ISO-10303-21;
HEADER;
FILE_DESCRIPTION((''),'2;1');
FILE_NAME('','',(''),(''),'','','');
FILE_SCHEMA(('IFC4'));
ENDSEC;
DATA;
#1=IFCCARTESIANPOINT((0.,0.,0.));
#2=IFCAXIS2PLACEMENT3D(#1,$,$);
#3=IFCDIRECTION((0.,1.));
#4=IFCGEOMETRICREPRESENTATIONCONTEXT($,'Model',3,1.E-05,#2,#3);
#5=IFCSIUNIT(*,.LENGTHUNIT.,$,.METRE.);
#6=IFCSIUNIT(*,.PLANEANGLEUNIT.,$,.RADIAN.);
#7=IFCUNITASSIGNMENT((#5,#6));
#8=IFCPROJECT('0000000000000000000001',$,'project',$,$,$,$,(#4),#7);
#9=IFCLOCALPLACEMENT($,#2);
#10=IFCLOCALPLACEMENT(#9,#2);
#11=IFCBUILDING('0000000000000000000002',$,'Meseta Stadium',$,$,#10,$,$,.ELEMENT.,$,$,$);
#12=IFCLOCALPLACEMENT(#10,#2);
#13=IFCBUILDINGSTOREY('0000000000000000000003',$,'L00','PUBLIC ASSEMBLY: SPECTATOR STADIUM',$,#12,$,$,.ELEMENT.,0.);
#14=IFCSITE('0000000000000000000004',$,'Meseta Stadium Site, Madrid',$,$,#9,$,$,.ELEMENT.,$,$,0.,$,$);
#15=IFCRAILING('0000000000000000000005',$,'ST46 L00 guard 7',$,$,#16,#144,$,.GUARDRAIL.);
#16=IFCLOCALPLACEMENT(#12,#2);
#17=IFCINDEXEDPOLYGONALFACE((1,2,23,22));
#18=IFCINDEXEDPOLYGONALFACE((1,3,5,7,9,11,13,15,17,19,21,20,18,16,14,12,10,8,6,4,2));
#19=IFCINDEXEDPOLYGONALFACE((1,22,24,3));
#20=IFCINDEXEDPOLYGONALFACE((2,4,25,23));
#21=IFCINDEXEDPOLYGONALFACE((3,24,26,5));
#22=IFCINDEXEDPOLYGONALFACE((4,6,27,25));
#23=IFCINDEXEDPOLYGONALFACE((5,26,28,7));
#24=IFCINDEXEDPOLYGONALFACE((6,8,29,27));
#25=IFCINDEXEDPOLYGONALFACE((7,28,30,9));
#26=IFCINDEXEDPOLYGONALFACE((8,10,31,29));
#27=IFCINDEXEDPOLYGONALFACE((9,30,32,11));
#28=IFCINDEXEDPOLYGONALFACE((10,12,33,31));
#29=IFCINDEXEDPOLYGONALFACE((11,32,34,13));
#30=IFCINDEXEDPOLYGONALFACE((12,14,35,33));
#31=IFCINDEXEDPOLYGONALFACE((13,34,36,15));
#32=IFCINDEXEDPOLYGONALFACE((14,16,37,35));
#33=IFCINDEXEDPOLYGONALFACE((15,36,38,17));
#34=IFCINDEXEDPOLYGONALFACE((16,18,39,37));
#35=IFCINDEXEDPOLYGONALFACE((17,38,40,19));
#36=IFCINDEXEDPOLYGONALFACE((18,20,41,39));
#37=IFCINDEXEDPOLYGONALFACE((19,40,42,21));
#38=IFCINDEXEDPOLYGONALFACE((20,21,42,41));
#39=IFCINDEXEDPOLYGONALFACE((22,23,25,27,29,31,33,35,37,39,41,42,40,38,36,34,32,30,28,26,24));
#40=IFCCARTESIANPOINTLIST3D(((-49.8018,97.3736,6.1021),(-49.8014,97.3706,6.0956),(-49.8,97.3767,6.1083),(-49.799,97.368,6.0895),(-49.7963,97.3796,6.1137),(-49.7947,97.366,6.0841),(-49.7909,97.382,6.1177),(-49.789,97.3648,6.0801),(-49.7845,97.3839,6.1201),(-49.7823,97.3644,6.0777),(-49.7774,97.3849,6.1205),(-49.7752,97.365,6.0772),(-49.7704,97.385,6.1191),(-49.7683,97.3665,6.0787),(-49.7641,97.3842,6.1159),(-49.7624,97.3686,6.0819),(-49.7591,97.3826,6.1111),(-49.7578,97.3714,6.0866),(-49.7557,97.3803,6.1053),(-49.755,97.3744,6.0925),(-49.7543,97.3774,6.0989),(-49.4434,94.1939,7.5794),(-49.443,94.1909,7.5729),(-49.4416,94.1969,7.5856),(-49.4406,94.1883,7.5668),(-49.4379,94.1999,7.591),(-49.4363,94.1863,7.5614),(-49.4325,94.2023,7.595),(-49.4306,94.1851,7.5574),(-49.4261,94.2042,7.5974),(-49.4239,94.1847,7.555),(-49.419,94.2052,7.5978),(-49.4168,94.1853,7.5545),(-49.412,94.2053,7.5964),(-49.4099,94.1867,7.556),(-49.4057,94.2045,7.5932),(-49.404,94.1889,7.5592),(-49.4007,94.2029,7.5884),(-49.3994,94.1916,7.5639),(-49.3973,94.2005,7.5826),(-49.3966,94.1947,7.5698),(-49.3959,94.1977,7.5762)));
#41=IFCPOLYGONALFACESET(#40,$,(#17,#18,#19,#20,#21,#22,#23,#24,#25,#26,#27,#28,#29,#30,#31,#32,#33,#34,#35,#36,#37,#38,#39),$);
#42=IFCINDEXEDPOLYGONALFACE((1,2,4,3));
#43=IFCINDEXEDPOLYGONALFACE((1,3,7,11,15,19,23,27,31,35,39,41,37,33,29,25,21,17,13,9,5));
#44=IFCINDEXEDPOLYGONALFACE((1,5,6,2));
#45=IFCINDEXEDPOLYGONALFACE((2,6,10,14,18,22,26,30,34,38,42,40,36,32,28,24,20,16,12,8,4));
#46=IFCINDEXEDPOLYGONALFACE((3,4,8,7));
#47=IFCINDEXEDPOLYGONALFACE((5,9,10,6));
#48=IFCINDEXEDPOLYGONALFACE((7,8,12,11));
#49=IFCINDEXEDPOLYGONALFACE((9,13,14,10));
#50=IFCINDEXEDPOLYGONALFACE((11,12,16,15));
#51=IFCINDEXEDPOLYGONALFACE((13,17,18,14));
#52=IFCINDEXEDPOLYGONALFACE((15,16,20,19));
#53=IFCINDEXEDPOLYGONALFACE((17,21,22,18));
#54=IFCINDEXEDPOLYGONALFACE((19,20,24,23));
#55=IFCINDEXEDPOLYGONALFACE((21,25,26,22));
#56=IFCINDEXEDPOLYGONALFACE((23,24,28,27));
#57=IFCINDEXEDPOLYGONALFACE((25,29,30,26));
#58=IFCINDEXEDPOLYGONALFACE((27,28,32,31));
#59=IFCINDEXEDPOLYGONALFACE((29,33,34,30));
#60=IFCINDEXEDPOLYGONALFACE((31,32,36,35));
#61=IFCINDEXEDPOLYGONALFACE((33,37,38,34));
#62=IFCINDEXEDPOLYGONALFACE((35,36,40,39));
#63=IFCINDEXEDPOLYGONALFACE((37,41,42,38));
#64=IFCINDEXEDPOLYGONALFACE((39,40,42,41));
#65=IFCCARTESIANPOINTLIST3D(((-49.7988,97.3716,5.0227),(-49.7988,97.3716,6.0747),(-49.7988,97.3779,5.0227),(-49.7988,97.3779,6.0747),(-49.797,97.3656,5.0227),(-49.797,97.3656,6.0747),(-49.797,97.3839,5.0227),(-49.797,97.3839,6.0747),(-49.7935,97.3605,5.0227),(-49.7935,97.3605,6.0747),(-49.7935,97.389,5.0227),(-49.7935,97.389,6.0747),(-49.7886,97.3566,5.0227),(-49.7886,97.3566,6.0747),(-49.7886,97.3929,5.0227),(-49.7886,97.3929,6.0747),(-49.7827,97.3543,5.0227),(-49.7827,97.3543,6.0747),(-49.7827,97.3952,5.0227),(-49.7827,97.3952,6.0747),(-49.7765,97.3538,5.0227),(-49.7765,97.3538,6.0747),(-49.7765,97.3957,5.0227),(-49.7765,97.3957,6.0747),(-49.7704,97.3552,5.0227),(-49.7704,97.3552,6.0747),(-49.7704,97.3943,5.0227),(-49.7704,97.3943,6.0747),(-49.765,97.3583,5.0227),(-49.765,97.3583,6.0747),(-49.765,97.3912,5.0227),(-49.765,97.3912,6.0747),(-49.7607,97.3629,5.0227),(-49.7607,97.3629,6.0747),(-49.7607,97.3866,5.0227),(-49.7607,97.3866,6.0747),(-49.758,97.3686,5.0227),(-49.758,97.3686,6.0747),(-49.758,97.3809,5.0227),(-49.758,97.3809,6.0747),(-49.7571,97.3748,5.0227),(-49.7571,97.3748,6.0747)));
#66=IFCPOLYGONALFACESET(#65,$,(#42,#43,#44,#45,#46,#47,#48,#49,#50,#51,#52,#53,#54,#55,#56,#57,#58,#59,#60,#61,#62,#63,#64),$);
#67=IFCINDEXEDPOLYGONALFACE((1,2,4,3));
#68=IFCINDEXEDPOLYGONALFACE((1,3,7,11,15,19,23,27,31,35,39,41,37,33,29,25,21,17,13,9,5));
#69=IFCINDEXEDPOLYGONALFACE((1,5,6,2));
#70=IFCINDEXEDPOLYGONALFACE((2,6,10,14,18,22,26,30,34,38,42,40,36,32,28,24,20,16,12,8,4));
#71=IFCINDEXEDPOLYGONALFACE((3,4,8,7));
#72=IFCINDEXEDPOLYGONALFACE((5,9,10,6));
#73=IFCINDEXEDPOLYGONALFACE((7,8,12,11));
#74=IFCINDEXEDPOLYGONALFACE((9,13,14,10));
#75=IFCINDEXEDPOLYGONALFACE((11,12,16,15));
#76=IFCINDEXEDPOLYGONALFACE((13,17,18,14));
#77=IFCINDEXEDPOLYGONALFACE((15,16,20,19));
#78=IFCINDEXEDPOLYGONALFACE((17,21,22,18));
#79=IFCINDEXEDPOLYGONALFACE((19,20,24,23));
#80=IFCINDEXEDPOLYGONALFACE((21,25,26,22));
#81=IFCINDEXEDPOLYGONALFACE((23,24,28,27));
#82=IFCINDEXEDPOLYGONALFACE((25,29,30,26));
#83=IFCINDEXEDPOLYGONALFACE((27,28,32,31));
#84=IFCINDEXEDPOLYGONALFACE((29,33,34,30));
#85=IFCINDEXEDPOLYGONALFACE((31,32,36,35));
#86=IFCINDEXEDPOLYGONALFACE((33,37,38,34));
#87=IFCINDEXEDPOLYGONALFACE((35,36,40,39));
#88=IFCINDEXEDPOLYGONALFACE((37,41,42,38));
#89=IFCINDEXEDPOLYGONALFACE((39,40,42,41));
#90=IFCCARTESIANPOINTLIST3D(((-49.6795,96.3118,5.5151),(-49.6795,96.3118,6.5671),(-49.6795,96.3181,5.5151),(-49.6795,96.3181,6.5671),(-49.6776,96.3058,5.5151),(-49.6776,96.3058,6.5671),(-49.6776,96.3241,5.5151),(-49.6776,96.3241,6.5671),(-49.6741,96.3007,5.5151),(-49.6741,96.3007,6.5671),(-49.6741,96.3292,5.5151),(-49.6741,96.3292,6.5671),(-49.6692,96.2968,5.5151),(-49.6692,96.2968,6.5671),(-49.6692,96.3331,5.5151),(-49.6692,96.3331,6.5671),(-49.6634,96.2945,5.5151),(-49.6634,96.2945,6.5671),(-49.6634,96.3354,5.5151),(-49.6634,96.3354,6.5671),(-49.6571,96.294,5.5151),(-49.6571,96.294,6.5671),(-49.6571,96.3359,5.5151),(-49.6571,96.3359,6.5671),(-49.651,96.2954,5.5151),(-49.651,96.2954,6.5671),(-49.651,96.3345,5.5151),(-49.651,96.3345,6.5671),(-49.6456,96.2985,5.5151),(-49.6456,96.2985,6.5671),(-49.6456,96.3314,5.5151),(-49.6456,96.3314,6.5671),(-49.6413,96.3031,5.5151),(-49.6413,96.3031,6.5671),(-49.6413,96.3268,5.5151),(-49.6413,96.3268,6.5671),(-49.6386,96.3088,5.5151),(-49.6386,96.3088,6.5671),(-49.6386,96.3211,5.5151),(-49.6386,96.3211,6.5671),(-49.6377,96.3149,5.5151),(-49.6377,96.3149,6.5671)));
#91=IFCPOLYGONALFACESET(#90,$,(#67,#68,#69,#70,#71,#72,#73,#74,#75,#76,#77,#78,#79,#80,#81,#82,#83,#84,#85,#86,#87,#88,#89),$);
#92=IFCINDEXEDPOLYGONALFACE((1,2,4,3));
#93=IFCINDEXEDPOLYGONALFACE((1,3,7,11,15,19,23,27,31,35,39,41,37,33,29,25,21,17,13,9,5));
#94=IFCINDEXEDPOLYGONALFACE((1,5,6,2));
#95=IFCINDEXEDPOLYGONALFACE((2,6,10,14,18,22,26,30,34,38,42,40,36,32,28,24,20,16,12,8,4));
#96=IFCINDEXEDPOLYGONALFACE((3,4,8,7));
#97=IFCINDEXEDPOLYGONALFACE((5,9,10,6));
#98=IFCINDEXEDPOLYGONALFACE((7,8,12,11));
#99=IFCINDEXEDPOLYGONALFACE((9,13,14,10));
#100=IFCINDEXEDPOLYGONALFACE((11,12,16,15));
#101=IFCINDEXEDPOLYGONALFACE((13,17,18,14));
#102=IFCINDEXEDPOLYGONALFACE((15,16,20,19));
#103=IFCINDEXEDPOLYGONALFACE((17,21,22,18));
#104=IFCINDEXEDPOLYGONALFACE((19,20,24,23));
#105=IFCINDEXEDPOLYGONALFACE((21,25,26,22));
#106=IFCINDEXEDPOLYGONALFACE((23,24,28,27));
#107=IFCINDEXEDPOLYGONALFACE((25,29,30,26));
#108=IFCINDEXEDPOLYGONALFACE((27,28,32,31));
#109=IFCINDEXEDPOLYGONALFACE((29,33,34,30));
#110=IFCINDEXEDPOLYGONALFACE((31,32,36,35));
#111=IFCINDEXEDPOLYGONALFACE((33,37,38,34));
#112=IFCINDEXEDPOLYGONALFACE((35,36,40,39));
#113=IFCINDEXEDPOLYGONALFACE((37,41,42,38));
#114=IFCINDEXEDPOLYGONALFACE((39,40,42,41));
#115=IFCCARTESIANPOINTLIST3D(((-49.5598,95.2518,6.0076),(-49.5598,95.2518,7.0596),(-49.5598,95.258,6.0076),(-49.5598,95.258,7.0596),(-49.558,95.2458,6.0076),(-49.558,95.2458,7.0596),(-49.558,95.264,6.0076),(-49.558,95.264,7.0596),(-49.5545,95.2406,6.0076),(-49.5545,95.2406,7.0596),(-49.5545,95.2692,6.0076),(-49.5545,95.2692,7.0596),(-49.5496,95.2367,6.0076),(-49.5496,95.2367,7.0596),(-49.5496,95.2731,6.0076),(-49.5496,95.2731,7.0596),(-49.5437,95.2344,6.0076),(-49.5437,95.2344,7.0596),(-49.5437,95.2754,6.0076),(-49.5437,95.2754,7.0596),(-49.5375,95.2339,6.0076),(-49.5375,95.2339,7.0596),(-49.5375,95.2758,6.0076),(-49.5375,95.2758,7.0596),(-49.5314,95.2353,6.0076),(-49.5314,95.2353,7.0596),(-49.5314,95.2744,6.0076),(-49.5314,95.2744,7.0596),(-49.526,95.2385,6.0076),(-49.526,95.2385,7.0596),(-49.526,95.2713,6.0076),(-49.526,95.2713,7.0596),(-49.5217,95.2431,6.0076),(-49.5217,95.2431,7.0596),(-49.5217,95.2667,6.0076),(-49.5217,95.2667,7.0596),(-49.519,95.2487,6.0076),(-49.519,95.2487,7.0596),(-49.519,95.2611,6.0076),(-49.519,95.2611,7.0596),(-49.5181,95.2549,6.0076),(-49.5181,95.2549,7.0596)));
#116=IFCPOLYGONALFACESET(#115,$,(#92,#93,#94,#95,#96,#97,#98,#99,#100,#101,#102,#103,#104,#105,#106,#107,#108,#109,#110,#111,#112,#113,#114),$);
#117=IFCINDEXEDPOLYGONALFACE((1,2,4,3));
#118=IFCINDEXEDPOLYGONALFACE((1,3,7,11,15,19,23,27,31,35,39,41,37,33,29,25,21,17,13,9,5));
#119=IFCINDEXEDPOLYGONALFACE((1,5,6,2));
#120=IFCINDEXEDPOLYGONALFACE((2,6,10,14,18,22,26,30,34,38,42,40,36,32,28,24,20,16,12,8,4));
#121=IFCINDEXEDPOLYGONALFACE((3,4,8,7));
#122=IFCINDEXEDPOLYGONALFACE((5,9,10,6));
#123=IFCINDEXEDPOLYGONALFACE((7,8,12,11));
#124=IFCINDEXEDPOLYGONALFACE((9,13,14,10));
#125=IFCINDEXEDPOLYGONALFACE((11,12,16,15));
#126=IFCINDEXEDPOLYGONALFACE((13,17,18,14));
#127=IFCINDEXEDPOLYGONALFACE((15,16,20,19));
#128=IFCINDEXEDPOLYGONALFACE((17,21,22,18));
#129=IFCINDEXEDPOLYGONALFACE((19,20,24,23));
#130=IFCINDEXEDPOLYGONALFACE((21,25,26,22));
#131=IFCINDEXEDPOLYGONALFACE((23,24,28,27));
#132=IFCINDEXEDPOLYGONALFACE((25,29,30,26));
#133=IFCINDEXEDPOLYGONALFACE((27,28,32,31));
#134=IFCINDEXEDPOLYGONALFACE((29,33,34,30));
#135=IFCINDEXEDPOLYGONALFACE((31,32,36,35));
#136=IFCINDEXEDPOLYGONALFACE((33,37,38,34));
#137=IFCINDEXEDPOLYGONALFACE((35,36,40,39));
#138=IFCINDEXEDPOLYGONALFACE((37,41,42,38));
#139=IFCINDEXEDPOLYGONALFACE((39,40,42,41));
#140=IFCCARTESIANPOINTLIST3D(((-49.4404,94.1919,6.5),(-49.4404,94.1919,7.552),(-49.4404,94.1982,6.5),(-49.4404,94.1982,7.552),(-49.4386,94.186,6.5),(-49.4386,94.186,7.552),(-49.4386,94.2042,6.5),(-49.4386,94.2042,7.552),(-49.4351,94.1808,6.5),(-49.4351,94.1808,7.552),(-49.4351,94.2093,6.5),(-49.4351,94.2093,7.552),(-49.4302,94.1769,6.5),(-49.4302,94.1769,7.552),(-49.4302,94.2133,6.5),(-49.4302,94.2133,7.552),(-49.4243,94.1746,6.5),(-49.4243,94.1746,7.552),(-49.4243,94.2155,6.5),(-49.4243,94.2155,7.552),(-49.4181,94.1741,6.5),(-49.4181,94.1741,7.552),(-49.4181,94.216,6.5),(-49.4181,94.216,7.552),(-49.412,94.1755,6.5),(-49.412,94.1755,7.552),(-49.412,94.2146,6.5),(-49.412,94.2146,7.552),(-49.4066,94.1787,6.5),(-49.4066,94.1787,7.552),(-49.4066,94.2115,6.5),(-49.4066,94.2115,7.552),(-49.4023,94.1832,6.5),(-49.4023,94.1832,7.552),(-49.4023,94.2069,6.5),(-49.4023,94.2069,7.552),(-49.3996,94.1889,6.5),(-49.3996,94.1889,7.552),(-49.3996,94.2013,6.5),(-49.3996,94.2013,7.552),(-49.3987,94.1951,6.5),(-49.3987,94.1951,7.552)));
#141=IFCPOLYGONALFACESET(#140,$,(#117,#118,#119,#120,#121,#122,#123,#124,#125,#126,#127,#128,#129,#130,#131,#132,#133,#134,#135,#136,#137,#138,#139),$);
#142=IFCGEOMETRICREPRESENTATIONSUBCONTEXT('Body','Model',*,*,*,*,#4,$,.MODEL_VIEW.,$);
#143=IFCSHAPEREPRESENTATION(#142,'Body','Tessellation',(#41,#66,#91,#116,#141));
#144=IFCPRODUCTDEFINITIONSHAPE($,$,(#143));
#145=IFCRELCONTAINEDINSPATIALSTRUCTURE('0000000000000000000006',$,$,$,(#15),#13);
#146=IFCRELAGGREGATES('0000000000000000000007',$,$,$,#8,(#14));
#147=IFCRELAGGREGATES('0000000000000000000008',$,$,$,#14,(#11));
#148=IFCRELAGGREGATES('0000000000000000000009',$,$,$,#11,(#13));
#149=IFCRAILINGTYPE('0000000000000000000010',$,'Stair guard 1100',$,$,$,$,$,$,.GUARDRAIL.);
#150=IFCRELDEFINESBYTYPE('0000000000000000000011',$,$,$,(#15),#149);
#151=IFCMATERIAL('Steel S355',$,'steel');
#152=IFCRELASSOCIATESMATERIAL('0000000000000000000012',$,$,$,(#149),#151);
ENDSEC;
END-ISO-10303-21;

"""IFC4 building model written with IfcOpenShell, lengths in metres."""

from ifc_helpers import new_model, si_unit, direction, frame, origin, origin_2d, place, context, subcontext, project, spatial, circle, extrude, material, type_object, element, save


model = new_model("IFC4")

# Units and contexts
model_context = context("Model", 3, precision=1e-05, world=origin(), true_north=direction((0.0, 1.0)))
body_context = subcontext(model_context, "Body", "Model", "MODEL_VIEW")
ifc_project = project(units=[si_unit("LENGTHUNIT", "METRE"), si_unit("PLANEANGLEUNIT", "RADIAN")], contexts=[model_context])

# Site, building, storey
site_placement = place(None, origin())
site = spatial("IfcSite", under=ifc_project, at=site_placement, Name="Meseta Stadium Site, Madrid", CompositionType="ELEMENT", RefElevation=0.0)
building_placement = place(site_placement, origin())
building = spatial("IfcBuilding", under=site, at=building_placement, Name="Meseta Stadium", CompositionType="ELEMENT")
storey_placement = place(building_placement, origin())
storey = spatial("IfcBuildingStorey", under=building, at=storey_placement, Name="L00", Description="PUBLIC ASSEMBLY: SPECTATOR STADIUM", CompositionType="ELEMENT", Elevation=0.0)

# Railing
ifc_material_1 = material(Name="Steel S355", Category="steel")
railing_type_1 = type_object("IfcRailingType", Name="Stair guard 1100", PredefinedType="GUARDRAIL", material=ifc_material_1)
railing_1_placement = place(storey_placement, frame((-49.7781, 97.3748, 5.0227)))
element("IfcRailing", 1, at=railing_1_placement, inside=storey, type_object=railing_type_1, Name="ST46 L00 guard 7", PredefinedType="GUARDRAIL", context=body_context, shape_type="SweptSolid", body=[
    extrude(circle(Radius=0.0239, at=origin_2d()), frame((0.0, 0.0, 1.0762), z_axis=(0.101691, -0.902197, 0.419164), x_axis=(0.993708, 0.112006, 0.0)), (0.0, 0.0, 1.0), 3.5244),
    extrude(circle(Radius=0.021, at=origin_2d()), origin(), (0.0, 0.0, 1.0), 1.052),
    extrude(circle(Radius=0.021, at=origin_2d()), frame((0.1194, -1.0598, 0.4924)), (0.0, 0.0, 1.0), 1.052),
    extrude(circle(Radius=0.021, at=origin_2d()), frame((0.239, -2.1199, 0.9849)), (0.0, 0.0, 1.0), 1.052),
    extrude(circle(Radius=0.021, at=origin_2d()), frame((0.3584, -3.1797, 1.4773)), (0.0, 0.0, 1.0), 1.052),
])

save(model, "model.ifc")
